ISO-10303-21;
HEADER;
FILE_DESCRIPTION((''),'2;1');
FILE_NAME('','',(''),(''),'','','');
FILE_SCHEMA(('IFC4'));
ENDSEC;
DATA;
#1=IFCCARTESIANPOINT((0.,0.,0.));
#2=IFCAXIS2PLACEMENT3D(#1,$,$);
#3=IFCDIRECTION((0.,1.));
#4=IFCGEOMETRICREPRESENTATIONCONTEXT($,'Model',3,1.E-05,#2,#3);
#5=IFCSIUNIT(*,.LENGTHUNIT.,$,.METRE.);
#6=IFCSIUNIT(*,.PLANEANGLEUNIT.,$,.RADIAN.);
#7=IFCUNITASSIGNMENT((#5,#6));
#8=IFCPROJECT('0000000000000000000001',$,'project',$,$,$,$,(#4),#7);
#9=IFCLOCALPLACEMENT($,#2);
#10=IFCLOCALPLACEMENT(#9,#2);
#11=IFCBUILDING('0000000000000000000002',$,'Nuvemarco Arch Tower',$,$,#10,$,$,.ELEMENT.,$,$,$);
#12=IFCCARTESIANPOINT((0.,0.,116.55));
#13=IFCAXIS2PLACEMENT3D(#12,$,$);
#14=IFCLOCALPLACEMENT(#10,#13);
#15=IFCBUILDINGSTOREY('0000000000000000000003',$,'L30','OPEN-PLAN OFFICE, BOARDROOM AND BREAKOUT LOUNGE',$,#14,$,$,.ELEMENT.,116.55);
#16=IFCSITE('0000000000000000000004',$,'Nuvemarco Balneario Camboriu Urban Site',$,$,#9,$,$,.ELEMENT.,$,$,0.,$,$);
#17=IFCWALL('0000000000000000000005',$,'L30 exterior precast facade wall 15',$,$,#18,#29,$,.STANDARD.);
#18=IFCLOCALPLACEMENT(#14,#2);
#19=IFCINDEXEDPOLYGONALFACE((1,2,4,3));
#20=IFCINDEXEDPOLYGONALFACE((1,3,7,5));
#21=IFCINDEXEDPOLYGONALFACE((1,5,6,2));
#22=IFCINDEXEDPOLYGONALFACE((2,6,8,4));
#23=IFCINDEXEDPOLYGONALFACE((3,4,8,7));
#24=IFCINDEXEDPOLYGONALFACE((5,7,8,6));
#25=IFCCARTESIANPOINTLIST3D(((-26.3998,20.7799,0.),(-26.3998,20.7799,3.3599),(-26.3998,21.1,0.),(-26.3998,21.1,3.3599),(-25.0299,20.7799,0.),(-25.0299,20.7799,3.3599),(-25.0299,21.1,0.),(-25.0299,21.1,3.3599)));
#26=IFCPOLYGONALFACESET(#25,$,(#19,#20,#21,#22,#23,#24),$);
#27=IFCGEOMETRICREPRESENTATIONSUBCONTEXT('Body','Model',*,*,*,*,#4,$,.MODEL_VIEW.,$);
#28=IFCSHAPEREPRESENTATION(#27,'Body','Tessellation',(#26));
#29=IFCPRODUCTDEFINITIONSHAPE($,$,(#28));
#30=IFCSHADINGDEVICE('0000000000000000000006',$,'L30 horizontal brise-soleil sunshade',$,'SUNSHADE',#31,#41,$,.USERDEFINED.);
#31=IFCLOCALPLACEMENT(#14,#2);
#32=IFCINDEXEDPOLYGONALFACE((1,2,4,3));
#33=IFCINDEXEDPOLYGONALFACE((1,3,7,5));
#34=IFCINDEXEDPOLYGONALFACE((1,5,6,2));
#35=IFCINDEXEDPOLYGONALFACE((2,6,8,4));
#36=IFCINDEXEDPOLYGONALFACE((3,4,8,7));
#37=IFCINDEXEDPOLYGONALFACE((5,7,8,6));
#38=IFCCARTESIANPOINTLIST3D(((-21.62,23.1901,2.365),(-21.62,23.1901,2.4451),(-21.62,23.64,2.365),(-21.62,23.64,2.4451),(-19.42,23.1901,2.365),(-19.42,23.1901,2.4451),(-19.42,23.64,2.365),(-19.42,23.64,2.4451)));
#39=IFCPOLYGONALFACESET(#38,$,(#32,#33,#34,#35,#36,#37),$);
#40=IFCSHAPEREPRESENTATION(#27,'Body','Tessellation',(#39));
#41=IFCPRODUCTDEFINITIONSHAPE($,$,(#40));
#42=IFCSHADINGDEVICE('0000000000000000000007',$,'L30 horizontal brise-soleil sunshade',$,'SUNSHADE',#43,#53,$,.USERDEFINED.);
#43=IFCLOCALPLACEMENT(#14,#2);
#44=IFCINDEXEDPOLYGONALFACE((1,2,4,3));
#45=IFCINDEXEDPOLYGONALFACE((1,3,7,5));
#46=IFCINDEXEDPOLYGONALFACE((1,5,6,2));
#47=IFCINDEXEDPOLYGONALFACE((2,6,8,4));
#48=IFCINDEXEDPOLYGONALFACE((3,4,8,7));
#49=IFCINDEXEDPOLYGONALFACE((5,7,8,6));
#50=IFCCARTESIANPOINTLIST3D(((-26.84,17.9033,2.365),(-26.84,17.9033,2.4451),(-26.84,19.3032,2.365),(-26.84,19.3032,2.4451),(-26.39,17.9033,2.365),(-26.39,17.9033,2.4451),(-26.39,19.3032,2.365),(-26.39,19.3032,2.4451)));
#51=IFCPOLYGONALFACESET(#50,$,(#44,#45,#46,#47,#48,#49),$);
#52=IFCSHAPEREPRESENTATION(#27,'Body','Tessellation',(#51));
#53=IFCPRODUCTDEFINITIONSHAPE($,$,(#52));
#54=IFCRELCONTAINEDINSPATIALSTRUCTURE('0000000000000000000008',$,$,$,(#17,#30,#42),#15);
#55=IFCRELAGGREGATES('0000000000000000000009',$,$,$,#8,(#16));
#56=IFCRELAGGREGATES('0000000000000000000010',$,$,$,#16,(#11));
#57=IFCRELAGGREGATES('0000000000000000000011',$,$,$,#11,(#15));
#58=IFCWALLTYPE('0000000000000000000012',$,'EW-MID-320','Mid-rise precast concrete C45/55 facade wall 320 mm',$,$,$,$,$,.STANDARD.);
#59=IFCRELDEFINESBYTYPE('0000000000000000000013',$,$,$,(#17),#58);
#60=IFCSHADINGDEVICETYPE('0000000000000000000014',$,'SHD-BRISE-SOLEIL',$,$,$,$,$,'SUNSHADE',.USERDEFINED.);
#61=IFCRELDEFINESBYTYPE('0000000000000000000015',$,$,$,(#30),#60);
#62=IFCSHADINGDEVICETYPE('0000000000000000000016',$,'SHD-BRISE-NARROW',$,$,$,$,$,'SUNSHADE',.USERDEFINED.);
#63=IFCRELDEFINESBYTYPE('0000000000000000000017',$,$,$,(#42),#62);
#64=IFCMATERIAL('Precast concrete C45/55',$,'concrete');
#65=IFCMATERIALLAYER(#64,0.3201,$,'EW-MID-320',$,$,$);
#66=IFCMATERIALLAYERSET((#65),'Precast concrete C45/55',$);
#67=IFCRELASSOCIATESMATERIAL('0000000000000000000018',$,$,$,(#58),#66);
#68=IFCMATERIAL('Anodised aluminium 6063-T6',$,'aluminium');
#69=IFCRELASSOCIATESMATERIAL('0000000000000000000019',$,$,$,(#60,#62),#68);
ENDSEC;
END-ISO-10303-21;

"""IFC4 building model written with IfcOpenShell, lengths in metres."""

from ifc_helpers import new_model, si_unit, direction, frame, frame_2d, origin, origin_2d, place, context, subcontext, project, spatial, rectangle, extrude, source, transform, mapped, material, layer, layer_set, type_object, type_shapes, element, save


model = new_model("IFC4")

# Units and contexts
model_context = context("Model", 3, precision=1e-05, world=origin(), true_north=direction((0.0, 1.0)))
body_context = subcontext(model_context, "Body", "Model", "MODEL_VIEW")
ifc_project = project(units=[si_unit("LENGTHUNIT", "METRE"), si_unit("PLANEANGLEUNIT", "RADIAN")], contexts=[model_context])

# Site, building, storey
site_placement = place(None, origin())
site = spatial("IfcSite", under=ifc_project, at=site_placement, Name="Nuvemarco Balneario Camboriu Urban Site", CompositionType="ELEMENT", RefElevation=0.0)
building_placement = place(site_placement, origin())
building = spatial("IfcBuilding", under=site, at=building_placement, Name="Nuvemarco Arch Tower", CompositionType="ELEMENT")
storey_placement = place(building_placement, frame((0.0, 0.0, 116.55)))
storey = spatial("IfcBuildingStorey", under=building, at=storey_placement, Name="L30", Description="OPEN-PLAN OFFICE, BOARDROOM AND BREAKOUT LOUNGE", CompositionType="ELEMENT", Elevation=116.55)

# Shared definitions
ifc_material_1 = material(Name="Precast concrete C45/55", Category="concrete")
ifc_layer = layer(ifc_material_1, 0.3201, Name="EW-MID-320")
ifc_layer_set = layer_set([ifc_layer], Name="Precast concrete C45/55")
wall_type = type_object("IfcWallType", Name="EW-MID-320", Description="Mid-rise precast concrete C45/55 facade wall 320 mm", PredefinedType="STANDARD", material=ifc_layer_set)

# Wall
wall_1_placement = place(storey_placement, frame((-26.3999, 20.9399, 0.0), z_axis=(0.0, 0.0, 1.0), x_axis=(1.0, 0.0, 0.0)))
element("IfcWall", 1, at=wall_1_placement, inside=storey, type_object=wall_type, Name="L30 exterior precast facade wall 15", PredefinedType="STANDARD", context=body_context, shape_type="SweptSolid", body=[
    extrude(rectangle(XDim=1.3699, YDim=0.3201, at=frame_2d((0.6851, 0.0))), origin(), (0.0, 0.0, 1.0), 3.3599),
])

# Shading devices
ifc_material_2 = material(Name="Anodised aluminium 6063-T6", Category="aluminium")
shading_device_type_1 = type_object("IfcShadingDeviceType", Name="SHD-BRISE-SOLEIL", ElementType="SUNSHADE", PredefinedType="USERDEFINED", material=ifc_material_2)
shared_shape_1 = source(origin(), body_context, "Body", "SweptSolid", [
    extrude(rectangle(XDim=2.2, YDim=0.45, at=origin_2d()), origin(), (0.0, 0.0, 1.0), 0.0801),
])
type_shapes(shading_device_type_1, [shared_shape_1])
shading_device_1_placement = place(storey_placement, frame((-20.52, 23.415, 2.365), z_axis=(0.0, 0.0, 1.0), x_axis=(1.0, 0.0, 0.0)))
element("IfcShadingDevice", 2, at=shading_device_1_placement, inside=storey, type_object=shading_device_type_1, Name="L30 horizontal brise-soleil sunshade", ObjectType="SUNSHADE", PredefinedType="USERDEFINED", context=body_context, shape_type="MappedRepresentation", body=[
    mapped(shared_shape_1, transform((0.0, 0.0, 0.0), scale=1.0)),
])
shading_device_type_2 = type_object("IfcShadingDeviceType", Name="SHD-BRISE-NARROW", ElementType="SUNSHADE", PredefinedType="USERDEFINED", material=ifc_material_2)
shared_shape_2 = source(origin(), body_context, "Body", "SweptSolid", [
    extrude(rectangle(XDim=1.3999, YDim=0.45, at=origin_2d()), origin(), (0.0, 0.0, 1.0), 0.0801),
])
type_shapes(shading_device_type_2, [shared_shape_2])
shading_device_2_placement = place(storey_placement, frame((-26.615, 18.6033, 2.365), z_axis=(0.0, 0.0, 1.0), x_axis=(0.0, 1.0, 0.0)))
element("IfcShadingDevice", 3, at=shading_device_2_placement, inside=storey, type_object=shading_device_type_2, Name="L30 horizontal brise-soleil sunshade", ObjectType="SUNSHADE", PredefinedType="USERDEFINED", context=body_context, shape_type="MappedRepresentation", body=[
    mapped(shared_shape_2, transform((0.0, 0.0, 0.0), scale=1.0)),
])

save(model, "model.ifc")
